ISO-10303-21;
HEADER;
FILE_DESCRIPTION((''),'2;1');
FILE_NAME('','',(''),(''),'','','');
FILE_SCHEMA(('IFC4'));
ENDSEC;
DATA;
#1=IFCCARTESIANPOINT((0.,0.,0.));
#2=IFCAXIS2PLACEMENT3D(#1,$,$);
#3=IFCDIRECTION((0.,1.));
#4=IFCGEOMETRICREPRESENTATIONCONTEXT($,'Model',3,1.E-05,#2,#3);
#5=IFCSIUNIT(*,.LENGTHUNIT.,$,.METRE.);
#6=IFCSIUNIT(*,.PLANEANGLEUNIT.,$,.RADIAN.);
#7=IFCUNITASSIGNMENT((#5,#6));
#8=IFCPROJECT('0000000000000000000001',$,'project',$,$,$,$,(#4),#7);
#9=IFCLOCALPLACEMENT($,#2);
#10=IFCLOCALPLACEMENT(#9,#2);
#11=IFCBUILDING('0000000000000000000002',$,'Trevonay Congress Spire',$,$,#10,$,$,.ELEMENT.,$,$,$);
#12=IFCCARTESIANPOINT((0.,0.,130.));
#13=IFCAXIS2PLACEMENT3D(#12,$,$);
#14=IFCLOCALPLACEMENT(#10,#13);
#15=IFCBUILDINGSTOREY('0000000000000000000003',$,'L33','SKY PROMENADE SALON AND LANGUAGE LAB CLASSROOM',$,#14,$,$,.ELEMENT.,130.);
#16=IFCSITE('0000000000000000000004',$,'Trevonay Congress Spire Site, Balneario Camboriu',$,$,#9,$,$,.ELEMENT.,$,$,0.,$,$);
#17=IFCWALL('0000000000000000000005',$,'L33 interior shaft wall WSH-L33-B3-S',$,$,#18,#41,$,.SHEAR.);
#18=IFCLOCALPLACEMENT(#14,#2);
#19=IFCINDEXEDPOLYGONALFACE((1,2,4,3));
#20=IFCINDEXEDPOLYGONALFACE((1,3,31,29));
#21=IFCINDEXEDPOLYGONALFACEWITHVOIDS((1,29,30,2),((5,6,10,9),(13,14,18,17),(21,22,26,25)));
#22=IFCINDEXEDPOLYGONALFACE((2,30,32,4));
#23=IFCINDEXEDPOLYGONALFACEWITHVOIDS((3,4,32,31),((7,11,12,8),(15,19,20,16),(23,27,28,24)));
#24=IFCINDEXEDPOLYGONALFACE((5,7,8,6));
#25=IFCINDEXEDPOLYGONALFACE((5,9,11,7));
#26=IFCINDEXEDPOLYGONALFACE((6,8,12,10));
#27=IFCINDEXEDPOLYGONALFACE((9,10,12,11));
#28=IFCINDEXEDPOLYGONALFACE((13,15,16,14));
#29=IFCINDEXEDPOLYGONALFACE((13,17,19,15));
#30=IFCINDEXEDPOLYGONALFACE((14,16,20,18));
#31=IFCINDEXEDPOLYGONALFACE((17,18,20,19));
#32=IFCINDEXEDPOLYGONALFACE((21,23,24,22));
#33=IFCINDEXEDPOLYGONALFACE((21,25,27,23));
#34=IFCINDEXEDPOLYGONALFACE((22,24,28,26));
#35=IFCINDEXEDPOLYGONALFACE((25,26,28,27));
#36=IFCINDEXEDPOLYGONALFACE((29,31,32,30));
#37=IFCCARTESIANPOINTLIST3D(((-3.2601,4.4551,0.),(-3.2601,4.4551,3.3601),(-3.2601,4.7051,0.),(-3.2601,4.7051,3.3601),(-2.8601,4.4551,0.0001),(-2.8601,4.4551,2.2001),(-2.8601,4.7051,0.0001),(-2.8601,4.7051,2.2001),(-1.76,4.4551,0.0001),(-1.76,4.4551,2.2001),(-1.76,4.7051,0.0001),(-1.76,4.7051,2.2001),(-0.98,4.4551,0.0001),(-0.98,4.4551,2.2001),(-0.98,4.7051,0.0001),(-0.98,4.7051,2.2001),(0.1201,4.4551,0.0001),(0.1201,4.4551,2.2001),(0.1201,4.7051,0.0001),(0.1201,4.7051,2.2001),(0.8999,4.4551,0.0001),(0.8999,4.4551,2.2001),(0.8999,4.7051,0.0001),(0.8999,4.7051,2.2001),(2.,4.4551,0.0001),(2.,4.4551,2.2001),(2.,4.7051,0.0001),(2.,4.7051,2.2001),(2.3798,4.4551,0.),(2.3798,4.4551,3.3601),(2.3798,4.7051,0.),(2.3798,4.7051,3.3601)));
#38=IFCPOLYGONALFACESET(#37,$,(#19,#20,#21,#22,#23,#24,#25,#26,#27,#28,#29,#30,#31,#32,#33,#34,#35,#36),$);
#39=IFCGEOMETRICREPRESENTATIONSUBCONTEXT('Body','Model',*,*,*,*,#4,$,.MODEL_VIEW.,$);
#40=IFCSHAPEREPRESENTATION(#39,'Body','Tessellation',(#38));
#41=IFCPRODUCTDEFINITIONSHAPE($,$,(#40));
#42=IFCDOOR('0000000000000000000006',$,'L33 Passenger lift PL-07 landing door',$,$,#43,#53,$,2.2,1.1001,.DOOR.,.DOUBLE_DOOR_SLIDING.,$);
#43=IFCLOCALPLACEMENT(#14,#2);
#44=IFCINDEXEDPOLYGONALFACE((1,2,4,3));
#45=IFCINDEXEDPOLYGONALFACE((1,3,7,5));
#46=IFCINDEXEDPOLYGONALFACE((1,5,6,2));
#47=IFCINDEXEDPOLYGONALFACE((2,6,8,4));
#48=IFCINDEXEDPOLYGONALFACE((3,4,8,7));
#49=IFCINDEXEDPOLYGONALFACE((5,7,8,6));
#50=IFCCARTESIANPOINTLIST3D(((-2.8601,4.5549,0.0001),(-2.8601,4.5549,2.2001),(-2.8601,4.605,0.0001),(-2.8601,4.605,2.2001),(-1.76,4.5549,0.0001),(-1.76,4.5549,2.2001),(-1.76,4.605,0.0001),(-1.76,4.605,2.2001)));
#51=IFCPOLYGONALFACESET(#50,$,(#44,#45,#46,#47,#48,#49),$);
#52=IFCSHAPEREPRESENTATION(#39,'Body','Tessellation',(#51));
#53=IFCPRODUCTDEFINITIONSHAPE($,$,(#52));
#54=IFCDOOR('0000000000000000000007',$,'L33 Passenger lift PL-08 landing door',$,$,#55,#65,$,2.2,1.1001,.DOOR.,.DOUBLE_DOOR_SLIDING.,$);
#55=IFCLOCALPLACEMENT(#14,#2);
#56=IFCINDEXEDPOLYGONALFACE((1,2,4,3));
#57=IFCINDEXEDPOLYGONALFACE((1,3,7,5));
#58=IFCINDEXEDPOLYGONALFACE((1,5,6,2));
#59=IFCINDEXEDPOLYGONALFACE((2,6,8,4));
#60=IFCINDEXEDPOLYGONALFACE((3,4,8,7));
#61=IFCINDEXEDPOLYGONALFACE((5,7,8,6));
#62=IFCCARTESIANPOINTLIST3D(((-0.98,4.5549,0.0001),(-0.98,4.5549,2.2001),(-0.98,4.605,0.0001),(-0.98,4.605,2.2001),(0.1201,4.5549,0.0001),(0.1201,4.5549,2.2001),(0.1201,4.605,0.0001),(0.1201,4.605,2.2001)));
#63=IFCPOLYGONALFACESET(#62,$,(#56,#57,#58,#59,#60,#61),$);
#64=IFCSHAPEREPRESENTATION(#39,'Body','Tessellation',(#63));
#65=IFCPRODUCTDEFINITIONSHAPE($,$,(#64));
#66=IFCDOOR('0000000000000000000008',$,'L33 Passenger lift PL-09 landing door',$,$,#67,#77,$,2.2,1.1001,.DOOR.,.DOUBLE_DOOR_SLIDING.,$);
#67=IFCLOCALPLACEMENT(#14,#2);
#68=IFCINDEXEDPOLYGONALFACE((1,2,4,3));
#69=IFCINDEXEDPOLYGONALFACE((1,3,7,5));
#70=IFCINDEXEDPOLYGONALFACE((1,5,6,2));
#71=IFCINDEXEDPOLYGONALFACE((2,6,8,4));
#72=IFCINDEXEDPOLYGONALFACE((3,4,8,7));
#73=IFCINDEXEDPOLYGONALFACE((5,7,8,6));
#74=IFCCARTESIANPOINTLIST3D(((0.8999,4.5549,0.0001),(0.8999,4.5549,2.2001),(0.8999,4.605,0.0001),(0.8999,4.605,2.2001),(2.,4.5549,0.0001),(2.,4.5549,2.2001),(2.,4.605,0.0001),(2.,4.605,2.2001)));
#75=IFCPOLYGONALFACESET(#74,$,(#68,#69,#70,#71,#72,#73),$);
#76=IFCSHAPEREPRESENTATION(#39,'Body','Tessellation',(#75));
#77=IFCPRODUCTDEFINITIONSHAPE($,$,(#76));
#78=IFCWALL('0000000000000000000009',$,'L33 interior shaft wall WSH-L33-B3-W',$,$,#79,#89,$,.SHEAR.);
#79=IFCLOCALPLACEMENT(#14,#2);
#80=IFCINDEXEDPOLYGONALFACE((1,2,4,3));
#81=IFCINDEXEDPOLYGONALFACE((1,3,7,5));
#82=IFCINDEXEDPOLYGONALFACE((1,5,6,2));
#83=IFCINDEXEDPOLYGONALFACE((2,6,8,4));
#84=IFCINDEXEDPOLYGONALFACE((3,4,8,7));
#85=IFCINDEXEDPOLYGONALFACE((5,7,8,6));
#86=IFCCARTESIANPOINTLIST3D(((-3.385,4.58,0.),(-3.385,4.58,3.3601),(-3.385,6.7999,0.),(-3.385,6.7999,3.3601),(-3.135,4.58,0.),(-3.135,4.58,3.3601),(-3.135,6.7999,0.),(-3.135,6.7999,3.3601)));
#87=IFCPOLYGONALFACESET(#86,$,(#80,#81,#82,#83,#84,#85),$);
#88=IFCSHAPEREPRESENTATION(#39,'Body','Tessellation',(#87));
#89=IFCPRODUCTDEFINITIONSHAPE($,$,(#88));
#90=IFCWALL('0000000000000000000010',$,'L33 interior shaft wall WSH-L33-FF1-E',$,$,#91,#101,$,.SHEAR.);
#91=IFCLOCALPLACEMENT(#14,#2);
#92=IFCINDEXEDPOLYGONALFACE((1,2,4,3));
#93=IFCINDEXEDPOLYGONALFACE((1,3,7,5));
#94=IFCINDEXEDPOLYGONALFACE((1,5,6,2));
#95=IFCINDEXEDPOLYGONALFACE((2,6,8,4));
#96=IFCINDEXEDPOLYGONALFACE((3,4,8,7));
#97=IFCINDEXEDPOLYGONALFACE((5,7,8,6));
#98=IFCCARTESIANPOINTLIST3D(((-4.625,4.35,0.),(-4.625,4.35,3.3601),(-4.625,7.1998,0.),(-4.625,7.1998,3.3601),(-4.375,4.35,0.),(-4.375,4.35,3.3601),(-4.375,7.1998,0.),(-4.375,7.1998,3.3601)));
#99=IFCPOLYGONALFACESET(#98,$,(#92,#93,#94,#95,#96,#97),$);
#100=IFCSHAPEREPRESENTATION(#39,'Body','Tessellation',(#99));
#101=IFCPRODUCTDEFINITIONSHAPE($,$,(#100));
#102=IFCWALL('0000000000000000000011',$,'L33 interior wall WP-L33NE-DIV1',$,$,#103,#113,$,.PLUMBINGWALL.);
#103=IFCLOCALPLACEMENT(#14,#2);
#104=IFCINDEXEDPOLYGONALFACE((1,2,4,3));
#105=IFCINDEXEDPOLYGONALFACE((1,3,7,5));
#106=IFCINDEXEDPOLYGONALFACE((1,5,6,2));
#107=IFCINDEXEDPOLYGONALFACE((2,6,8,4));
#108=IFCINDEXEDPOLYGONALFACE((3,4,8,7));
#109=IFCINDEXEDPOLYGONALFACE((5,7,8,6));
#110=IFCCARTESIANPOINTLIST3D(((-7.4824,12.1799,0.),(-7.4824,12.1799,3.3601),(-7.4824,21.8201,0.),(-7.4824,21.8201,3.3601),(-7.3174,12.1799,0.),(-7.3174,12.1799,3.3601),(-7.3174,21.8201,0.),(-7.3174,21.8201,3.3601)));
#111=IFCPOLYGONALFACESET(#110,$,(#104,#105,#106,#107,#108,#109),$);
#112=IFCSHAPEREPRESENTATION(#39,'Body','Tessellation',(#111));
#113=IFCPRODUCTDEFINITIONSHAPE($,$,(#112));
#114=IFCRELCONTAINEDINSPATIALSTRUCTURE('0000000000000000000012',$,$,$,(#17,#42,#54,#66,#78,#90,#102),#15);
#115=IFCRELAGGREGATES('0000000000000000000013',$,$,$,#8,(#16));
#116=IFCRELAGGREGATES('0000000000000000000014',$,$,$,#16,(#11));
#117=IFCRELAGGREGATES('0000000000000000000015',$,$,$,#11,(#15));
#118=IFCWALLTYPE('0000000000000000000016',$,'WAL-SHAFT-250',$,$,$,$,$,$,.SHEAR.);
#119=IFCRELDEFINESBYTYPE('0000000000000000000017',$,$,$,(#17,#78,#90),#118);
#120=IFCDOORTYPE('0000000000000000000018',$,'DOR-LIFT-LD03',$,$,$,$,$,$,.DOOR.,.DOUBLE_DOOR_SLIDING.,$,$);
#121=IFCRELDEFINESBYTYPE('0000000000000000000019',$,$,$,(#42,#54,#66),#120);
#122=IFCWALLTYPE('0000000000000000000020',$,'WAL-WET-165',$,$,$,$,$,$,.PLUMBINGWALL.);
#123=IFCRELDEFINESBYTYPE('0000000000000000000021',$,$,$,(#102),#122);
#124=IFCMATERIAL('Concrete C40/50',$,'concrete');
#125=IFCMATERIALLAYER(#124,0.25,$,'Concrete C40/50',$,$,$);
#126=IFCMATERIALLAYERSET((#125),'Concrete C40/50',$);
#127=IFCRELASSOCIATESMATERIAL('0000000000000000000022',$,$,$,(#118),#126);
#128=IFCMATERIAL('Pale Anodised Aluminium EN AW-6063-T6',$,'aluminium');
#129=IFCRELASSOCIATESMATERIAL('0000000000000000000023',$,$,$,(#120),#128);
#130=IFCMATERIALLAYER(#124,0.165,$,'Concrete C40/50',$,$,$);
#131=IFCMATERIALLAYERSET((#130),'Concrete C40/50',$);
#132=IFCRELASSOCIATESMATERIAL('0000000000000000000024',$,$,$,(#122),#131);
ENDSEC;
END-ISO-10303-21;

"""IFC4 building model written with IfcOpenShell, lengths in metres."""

from ifc_helpers import new_model, si_unit, direction, frame, frame_2d, origin, place, context, subcontext, project, spatial, rectangle, extrude, material, layer, layer_set, type_object, element, fill, save


model = new_model("IFC4")

# Units and contexts
model_context = context("Model", 3, precision=1e-05, world=origin(), true_north=direction((0.0, 1.0)))
body_context = subcontext(model_context, "Body", "Model", "MODEL_VIEW")
ifc_project = project(units=[si_unit("LENGTHUNIT", "METRE"), si_unit("PLANEANGLEUNIT", "RADIAN")], contexts=[model_context])

# Site, building, storey
site_placement = place(None, origin())
site = spatial("IfcSite", under=ifc_project, at=site_placement, Name="Trevonay Congress Spire Site, Balneario Camboriu", CompositionType="ELEMENT", RefElevation=0.0)
building_placement = place(site_placement, origin())
building = spatial("IfcBuilding", under=site, at=building_placement, Name="Trevonay Congress Spire", CompositionType="ELEMENT")
storey_placement = place(building_placement, frame((0.0, 0.0, 130.0)))
storey = spatial("IfcBuildingStorey", under=building, at=storey_placement, Name="L33", Description="SKY PROMENADE SALON AND LANGUAGE LAB CLASSROOM", CompositionType="ELEMENT", Elevation=130.0)

# Shared definitions
ifc_material_1 = material(Name="Pale Anodised Aluminium EN AW-6063-T6", Category="aluminium")

# Shared definitions
ifc_material_2 = material(Name="Concrete C40/50", Category="concrete")

# Wall, openings, doors
ifc_layer_1 = layer(ifc_material_2, 0.25, Name="Concrete C40/50")
ifc_layer_set_1 = layer_set([ifc_layer_1], Name="Concrete C40/50")
wall_type_1 = type_object("IfcWallType", Name="WAL-SHAFT-250", PredefinedType="SHEAR", material=ifc_layer_set_1)
wall_1_placement = place(storey_placement, frame((-3.26, 4.5801, 0.0), z_axis=(0.0, 0.0, 1.0), x_axis=(1.0, 0.0, 0.0)))
wall_1 = element("IfcWall", 1, at=wall_1_placement, inside=storey, type_object=wall_type_1, Name="L33 interior shaft wall WSH-L33-B3-S", PredefinedType="SHEAR", context=body_context, shape_type="SweptSolid", body=[
    extrude(rectangle(XDim=5.6399, YDim=0.25, at=frame_2d((2.8198, 0.0))), origin(), (0.0, 0.0, 1.0), 3.3601),
])
opening_1_placement = place(wall_1_placement, frame((0.3999, 0.0, 0.0)))
opening_1 = element("IfcOpeningElement", 2, at=opening_1_placement, cuts=wall_1, PredefinedType="OPENING", context=body_context, shape_type="SweptSolid", body=[
    extrude(rectangle(XDim=1.1001, YDim=2.2, at=frame_2d((0.55, 1.1001))), frame((0.0, 0.135, 0.0), z_axis=(0.0, -1.0, 0.0), x_axis=(1.0, 0.0, 0.0)), (0.0, 0.0, 1.0), 0.27),
])
opening_2_placement = place(wall_1_placement, frame((2.28, 0.0, 0.0)))
opening_2 = element("IfcOpeningElement", 3, at=opening_2_placement, cuts=wall_1, PredefinedType="OPENING", context=body_context, shape_type="SweptSolid", body=[
    extrude(rectangle(XDim=1.1001, YDim=2.2, at=frame_2d((0.55, 1.1001))), frame((0.0, 0.135, 0.0), z_axis=(0.0, -1.0, 0.0), x_axis=(1.0, 0.0, 0.0)), (0.0, 0.0, 1.0), 0.27),
])
opening_3_placement = place(wall_1_placement, frame((4.1599, 0.0, 0.0)))
opening_3 = element("IfcOpeningElement", 4, at=opening_3_placement, cuts=wall_1, PredefinedType="OPENING", context=body_context, shape_type="SweptSolid", body=[
    extrude(rectangle(XDim=1.1001, YDim=2.2, at=frame_2d((0.55, 1.1001))), frame((0.0, 0.135, 0.0), z_axis=(0.0, -1.0, 0.0), x_axis=(1.0, 0.0, 0.0)), (0.0, 0.0, 1.0), 0.27),
])
door_type_1 = type_object("IfcDoorType", Name="DOR-LIFT-LD03", OperationType="DOUBLE_DOOR_SLIDING", PredefinedType="DOOR", material=ifc_material_1)
door_1_placement = place(opening_1_placement, origin())
door_1 = element("IfcDoor", 5, at=door_1_placement, inside=storey, type_object=door_type_1, Name="L33 Passenger lift PL-07 landing door", OperationType="DOUBLE_DOOR_SLIDING", OverallHeight=2.2, OverallWidth=1.1001, PredefinedType="DOOR", context=body_context, shape_type="SweptSolid", body=[
    extrude(rectangle(XDim=1.1001, YDim=2.2, at=frame_2d((0.55, 1.1001))), frame((0.0, 0.0249, 0.0), z_axis=(0.0, -1.0, 0.0), x_axis=(1.0, 0.0, 0.0)), (0.0, 0.0, 1.0), 0.05),
])
fill(opening_1, door_1)
door_2_placement = place(opening_2_placement, origin())
door_2 = element("IfcDoor", 6, at=door_2_placement, inside=storey, type_object=door_type_1, Name="L33 Passenger lift PL-08 landing door", OperationType="DOUBLE_DOOR_SLIDING", OverallHeight=2.2, OverallWidth=1.1001, PredefinedType="DOOR", context=body_context, shape_type="SweptSolid", body=[
    extrude(rectangle(XDim=1.1001, YDim=2.2, at=frame_2d((0.55, 1.1001))), frame((0.0, 0.0249, 0.0), z_axis=(0.0, -1.0, 0.0), x_axis=(1.0, 0.0, 0.0)), (0.0, 0.0, 1.0), 0.05),
])
fill(opening_2, door_2)
door_3_placement = place(opening_3_placement, origin())
door_3 = element("IfcDoor", 7, at=door_3_placement, inside=storey, type_object=door_type_1, Name="L33 Passenger lift PL-09 landing door", OperationType="DOUBLE_DOOR_SLIDING", OverallHeight=2.2, OverallWidth=1.1001, PredefinedType="DOOR", context=body_context, shape_type="SweptSolid", body=[
    extrude(rectangle(XDim=1.1001, YDim=2.2, at=frame_2d((0.55, 1.1001))), frame((0.0, 0.0249, 0.0), z_axis=(0.0, -1.0, 0.0), x_axis=(1.0, 0.0, 0.0)), (0.0, 0.0, 1.0), 0.05),
])
fill(opening_3, door_3)

# Walls
wall_2_placement = place(storey_placement, frame((-3.26, 4.5801, 0.0), z_axis=(0.0, 0.0, 1.0), x_axis=(0.0, 1.0, 0.0)))
element("IfcWall", 8, at=wall_2_placement, inside=storey, type_object=wall_type_1, Name="L33 interior shaft wall WSH-L33-B3-W", PredefinedType="SHEAR", context=body_context, shape_type="SweptSolid", body=[
    extrude(rectangle(XDim=2.22, YDim=0.25, at=frame_2d((1.1099, 0.0))), origin(), (0.0, 0.0, 1.0), 3.3601),
])
wall_3_placement = place(storey_placement, frame((-4.5, 4.3501, 0.0), z_axis=(0.0, 0.0, 1.0), x_axis=(0.0, 1.0, 0.0)))
element("IfcWall", 9, at=wall_3_placement, inside=storey, type_object=wall_type_1, Name="L33 interior shaft wall WSH-L33-FF1-E", PredefinedType="SHEAR", context=body_context, shape_type="SweptSolid", body=[
    extrude(rectangle(XDim=2.8499, YDim=0.25, at=frame_2d((1.4248, 0.0))), origin(), (0.0, 0.0, 1.0), 3.3601),
])
ifc_layer_2 = layer(ifc_material_2, 0.165, Name="Concrete C40/50")
ifc_layer_set_2 = layer_set([ifc_layer_2], Name="Concrete C40/50")
wall_type_2 = type_object("IfcWallType", Name="WAL-WET-165", PredefinedType="PLUMBINGWALL", material=ifc_layer_set_2)
wall_4_placement = place(storey_placement, frame((-7.3999, 12.1799, 0.0), z_axis=(0.0, 0.0, 1.0), x_axis=(0.0, 1.0, 0.0)))
element("IfcWall", 10, at=wall_4_placement, inside=storey, type_object=wall_type_2, Name="L33 interior wall WP-L33NE-DIV1", PredefinedType="PLUMBINGWALL", context=body_context, shape_type="SweptSolid", body=[
    extrude(rectangle(XDim=9.6401, YDim=0.165, at=frame_2d((4.8201, 0.0))), origin(), (0.0, 0.0, 1.0), 3.3601),
])

save(model, "model.ifc")
